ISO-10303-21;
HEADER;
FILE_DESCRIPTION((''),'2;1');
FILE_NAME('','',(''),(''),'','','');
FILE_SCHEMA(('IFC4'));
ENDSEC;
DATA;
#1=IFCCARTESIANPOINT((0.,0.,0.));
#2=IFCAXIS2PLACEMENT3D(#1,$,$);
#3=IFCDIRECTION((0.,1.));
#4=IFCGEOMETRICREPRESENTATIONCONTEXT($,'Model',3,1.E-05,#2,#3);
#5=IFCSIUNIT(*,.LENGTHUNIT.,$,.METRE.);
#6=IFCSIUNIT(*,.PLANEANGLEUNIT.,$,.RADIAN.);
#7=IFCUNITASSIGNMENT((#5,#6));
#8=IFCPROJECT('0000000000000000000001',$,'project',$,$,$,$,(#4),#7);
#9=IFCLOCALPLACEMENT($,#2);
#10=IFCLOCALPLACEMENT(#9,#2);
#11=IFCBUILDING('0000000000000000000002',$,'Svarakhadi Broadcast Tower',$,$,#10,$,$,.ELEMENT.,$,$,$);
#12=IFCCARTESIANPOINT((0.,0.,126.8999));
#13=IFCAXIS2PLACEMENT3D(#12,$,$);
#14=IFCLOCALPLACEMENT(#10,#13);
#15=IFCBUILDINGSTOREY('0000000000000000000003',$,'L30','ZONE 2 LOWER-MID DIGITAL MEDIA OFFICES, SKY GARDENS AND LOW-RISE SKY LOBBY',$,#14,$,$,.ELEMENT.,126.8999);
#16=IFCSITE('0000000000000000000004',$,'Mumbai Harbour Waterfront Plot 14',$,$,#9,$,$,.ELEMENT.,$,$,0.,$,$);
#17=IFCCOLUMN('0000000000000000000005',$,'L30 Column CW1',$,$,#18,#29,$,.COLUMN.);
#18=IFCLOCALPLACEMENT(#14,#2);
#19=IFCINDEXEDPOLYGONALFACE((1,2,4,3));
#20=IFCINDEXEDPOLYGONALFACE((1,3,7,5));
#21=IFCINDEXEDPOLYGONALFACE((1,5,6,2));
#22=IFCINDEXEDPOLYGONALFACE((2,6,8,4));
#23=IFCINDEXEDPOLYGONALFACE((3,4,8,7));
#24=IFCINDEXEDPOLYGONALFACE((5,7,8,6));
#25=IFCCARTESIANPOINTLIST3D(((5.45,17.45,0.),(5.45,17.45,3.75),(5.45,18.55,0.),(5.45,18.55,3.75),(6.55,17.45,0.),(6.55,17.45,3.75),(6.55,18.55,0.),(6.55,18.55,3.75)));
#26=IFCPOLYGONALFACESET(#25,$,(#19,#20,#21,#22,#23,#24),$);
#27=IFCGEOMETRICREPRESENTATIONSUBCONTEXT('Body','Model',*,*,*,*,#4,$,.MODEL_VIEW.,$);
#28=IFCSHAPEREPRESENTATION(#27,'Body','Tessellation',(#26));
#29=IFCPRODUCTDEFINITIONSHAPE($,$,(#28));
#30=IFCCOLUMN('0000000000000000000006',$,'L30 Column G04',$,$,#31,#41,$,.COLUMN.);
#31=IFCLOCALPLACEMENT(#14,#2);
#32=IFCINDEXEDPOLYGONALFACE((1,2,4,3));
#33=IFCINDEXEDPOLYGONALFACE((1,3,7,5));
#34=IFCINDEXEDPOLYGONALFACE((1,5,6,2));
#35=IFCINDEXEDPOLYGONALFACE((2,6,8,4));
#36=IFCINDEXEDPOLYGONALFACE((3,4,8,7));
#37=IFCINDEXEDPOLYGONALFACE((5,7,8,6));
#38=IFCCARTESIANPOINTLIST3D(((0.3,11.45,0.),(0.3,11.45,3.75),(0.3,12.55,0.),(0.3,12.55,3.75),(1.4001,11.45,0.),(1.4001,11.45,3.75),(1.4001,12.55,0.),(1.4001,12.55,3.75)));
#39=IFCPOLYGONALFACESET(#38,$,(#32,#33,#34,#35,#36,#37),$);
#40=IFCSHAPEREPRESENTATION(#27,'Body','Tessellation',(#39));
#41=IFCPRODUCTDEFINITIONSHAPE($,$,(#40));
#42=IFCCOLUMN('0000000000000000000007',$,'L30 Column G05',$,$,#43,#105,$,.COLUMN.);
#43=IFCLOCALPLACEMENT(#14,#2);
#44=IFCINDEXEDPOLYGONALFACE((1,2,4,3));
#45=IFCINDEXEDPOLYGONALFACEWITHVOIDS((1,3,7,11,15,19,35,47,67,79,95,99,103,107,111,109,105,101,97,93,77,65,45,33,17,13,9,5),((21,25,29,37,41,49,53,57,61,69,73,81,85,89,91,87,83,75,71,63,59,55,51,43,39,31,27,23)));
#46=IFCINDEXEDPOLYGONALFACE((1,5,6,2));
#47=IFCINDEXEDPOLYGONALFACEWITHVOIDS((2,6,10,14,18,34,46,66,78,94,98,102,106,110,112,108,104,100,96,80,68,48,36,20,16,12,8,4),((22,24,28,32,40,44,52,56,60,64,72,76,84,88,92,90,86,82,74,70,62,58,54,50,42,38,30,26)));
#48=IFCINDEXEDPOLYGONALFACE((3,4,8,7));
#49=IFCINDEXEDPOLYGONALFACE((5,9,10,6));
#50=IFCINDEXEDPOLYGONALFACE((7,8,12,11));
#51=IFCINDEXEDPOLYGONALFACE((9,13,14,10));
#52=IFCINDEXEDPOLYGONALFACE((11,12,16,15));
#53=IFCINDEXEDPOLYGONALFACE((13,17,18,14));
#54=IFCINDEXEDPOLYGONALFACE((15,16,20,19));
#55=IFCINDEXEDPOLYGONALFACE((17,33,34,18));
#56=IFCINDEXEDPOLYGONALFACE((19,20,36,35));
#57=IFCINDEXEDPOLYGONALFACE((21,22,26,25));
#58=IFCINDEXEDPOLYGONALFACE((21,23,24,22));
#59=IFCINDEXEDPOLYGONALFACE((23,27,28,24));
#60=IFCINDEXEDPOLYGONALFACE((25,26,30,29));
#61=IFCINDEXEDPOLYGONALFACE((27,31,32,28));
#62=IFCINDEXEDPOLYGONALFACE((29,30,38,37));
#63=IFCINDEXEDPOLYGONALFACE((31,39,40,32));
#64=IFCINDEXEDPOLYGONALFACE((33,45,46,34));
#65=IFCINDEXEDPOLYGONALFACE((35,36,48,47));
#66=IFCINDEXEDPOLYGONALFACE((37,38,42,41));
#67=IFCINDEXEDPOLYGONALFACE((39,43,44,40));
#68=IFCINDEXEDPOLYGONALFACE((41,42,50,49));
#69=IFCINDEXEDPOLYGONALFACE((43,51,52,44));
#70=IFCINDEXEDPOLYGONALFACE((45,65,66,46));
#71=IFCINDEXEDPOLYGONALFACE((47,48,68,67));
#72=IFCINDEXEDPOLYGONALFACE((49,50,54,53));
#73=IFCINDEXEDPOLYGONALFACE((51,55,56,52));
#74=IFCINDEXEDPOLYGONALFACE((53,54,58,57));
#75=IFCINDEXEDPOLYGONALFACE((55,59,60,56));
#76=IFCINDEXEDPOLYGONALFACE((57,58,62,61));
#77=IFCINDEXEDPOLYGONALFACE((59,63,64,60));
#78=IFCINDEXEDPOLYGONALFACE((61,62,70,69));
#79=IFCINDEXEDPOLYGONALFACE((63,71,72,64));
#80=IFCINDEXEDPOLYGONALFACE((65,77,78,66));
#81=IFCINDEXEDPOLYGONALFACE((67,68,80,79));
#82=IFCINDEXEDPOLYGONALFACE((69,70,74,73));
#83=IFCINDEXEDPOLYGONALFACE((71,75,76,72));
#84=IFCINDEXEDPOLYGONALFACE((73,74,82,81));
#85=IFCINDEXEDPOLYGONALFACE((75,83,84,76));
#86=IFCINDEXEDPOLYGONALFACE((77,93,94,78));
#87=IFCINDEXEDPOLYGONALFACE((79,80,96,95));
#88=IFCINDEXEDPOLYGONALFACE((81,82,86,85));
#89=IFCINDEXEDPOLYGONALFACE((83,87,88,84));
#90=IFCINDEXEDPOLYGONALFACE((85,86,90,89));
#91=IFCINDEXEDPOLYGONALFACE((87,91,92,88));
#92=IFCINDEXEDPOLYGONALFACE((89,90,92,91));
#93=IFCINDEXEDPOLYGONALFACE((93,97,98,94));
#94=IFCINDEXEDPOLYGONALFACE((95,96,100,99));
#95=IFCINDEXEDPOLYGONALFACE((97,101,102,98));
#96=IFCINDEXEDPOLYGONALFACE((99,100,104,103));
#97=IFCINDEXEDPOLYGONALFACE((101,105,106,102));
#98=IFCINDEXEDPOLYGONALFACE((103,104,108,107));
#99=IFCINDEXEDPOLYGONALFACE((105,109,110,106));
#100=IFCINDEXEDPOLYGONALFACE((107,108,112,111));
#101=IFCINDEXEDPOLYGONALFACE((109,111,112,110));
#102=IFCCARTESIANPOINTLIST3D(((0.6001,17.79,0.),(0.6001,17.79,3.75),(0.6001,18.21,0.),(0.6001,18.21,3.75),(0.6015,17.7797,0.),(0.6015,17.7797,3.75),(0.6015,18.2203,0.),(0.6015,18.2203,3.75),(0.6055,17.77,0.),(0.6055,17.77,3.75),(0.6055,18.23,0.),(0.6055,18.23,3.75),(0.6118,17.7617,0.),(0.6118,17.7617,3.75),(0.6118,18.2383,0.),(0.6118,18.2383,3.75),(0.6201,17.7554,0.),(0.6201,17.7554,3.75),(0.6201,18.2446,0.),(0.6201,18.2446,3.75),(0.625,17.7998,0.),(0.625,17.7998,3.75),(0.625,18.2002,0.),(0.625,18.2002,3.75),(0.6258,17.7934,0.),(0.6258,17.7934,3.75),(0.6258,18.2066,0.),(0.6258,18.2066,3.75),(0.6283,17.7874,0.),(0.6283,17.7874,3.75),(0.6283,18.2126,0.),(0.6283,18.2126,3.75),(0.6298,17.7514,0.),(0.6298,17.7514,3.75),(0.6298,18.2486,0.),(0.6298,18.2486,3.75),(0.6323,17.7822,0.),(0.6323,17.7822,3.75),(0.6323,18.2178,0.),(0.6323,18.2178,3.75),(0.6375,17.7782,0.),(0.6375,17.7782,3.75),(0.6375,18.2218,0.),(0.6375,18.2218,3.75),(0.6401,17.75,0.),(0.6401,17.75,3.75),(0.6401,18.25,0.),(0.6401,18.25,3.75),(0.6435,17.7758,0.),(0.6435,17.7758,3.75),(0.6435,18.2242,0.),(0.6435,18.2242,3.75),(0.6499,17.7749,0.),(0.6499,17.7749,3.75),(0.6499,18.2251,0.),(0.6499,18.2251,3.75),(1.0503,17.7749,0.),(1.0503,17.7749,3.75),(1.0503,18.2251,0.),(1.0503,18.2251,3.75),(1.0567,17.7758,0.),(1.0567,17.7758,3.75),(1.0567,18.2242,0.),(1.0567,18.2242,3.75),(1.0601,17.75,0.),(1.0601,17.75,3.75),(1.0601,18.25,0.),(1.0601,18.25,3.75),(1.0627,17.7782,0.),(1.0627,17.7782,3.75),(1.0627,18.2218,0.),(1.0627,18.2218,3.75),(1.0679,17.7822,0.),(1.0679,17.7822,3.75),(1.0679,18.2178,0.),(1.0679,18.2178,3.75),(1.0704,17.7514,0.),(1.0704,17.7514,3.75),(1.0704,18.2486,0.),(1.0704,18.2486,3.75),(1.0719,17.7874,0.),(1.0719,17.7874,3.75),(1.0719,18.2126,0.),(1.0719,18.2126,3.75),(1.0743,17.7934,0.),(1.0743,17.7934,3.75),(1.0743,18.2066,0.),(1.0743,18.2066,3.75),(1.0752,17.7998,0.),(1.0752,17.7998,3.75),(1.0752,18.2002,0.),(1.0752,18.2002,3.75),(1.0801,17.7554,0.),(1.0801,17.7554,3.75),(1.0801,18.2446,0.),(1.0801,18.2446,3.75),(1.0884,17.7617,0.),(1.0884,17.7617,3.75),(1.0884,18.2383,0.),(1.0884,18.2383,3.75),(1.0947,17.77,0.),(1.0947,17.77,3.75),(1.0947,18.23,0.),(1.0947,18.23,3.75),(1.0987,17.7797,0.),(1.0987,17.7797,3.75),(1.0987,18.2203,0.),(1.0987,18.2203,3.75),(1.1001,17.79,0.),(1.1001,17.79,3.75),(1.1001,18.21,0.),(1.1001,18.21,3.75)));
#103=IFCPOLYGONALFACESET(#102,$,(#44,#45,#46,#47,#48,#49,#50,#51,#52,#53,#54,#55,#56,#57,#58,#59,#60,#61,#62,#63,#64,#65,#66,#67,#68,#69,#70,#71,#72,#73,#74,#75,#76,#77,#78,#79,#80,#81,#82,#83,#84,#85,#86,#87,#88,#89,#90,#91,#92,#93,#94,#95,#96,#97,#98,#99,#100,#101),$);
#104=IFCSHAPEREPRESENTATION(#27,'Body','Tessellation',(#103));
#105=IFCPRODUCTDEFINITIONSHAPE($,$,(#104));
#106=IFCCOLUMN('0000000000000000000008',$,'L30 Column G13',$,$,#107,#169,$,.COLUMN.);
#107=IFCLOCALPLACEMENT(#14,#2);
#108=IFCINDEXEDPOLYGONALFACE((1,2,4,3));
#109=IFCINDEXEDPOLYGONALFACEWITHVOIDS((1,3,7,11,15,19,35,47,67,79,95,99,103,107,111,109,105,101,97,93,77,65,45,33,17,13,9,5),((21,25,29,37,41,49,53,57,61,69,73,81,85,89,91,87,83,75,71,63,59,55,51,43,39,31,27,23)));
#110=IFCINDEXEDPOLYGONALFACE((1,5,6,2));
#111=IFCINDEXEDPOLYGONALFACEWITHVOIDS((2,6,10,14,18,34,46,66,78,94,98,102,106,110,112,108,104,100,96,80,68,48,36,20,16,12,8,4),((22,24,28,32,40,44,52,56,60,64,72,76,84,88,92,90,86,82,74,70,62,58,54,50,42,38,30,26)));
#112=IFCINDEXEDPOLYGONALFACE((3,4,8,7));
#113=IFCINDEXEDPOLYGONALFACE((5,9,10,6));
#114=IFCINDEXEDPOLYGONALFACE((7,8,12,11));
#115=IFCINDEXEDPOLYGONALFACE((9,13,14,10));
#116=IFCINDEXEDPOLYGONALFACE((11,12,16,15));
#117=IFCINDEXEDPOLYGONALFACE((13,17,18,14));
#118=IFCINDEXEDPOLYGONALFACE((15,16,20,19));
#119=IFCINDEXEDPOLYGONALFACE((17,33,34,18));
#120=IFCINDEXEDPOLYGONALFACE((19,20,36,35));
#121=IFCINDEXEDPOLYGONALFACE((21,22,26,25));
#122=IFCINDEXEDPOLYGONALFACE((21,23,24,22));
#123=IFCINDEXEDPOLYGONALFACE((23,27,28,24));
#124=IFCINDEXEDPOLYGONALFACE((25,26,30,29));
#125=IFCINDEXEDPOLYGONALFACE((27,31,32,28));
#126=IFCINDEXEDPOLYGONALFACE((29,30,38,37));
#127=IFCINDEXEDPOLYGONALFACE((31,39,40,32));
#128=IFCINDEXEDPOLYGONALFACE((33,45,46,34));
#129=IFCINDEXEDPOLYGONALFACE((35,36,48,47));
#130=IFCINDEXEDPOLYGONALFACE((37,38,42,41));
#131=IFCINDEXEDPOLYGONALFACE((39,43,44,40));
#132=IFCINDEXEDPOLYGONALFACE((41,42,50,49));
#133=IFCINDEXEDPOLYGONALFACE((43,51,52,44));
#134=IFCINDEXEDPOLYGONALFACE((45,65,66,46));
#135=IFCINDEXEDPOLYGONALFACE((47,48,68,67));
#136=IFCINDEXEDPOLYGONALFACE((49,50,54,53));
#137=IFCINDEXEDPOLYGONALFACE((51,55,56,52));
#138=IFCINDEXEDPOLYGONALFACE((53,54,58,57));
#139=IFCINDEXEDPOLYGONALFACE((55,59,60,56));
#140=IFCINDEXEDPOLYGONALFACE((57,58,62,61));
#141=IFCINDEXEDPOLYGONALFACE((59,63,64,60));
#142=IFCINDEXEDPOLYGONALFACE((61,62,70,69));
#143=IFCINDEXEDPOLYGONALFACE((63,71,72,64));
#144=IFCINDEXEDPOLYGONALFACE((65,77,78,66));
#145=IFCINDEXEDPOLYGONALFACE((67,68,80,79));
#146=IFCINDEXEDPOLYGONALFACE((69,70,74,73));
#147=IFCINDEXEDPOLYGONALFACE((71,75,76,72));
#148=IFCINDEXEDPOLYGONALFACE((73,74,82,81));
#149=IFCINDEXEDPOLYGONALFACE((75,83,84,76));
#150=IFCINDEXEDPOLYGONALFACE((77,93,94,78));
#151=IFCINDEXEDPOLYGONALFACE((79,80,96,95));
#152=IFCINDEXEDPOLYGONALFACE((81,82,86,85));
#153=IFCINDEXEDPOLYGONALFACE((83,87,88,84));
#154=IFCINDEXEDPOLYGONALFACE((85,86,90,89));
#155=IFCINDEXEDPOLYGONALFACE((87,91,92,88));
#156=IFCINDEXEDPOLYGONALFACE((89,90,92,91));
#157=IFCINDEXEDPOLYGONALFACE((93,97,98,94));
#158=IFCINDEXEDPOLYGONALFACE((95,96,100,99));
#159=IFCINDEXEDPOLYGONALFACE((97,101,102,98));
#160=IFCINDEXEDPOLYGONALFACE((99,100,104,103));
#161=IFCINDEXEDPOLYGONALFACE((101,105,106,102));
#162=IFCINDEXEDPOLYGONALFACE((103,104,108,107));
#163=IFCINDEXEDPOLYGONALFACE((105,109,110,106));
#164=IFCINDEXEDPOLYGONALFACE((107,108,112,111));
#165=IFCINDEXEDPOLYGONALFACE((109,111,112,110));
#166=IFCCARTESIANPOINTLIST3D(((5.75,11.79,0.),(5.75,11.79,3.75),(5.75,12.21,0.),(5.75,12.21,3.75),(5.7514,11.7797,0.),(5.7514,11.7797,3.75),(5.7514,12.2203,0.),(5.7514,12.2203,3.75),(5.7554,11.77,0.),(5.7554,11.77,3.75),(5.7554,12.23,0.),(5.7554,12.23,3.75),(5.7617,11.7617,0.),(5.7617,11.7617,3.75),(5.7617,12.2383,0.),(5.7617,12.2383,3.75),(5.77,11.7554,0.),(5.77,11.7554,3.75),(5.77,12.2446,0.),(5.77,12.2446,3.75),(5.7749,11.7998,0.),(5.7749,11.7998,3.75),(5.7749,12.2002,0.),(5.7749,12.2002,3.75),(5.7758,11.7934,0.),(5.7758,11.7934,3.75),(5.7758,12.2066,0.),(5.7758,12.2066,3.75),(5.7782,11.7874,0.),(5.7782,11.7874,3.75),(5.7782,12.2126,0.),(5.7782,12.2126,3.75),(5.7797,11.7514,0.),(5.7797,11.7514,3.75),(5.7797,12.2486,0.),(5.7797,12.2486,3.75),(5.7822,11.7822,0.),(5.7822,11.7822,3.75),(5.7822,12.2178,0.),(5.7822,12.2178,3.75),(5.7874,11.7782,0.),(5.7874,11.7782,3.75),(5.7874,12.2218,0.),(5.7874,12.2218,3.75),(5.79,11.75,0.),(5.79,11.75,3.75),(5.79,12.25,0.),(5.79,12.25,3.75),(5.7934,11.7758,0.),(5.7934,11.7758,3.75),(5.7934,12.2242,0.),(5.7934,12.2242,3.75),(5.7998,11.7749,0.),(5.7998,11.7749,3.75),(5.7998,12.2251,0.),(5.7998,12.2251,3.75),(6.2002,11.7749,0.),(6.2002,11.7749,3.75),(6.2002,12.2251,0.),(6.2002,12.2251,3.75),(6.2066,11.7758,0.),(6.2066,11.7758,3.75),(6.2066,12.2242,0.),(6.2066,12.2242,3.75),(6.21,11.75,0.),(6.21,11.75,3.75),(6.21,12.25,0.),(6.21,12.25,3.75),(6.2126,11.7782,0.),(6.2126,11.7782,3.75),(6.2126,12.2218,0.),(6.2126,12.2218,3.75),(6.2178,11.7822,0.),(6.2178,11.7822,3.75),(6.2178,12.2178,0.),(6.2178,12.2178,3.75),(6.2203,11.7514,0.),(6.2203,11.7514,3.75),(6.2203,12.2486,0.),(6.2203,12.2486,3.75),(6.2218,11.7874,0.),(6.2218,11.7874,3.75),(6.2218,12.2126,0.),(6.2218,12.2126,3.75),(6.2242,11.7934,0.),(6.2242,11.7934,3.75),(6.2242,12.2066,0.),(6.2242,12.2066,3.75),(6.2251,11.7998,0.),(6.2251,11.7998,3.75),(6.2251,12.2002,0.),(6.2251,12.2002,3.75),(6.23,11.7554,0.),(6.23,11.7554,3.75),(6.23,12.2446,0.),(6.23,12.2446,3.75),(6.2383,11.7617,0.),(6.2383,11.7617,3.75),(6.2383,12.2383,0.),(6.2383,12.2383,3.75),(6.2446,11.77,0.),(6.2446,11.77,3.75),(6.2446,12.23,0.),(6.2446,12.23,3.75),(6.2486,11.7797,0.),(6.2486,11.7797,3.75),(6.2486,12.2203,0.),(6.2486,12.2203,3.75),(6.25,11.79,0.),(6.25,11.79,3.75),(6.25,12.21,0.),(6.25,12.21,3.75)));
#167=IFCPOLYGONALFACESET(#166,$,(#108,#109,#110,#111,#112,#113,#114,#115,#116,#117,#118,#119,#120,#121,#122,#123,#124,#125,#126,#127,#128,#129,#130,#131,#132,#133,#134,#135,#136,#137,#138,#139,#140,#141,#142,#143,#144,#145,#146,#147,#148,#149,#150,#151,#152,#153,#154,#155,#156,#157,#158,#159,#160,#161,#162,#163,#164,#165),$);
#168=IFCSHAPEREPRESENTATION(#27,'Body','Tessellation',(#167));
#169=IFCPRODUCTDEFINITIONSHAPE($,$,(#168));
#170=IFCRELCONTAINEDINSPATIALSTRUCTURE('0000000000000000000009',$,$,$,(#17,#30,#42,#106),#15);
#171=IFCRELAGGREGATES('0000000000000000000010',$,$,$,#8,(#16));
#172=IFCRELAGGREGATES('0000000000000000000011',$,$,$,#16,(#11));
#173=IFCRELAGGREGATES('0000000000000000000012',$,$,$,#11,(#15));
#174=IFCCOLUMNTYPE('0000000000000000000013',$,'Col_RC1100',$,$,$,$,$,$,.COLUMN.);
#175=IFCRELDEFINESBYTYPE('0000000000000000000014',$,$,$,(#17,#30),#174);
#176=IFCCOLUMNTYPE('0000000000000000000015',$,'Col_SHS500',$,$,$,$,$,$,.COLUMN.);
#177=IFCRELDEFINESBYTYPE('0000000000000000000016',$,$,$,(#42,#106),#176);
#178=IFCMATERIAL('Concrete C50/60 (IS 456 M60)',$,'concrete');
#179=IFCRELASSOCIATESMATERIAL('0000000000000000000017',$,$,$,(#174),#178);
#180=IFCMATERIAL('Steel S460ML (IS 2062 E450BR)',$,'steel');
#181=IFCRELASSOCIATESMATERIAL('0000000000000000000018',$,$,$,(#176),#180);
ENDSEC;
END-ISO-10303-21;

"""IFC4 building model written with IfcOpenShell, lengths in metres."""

from ifc_helpers import new_model, si_unit, direction, frame, origin, origin_2d, place, context, subcontext, project, spatial, rectangle, hollow_rectangle, extrude, material, material_profile, profile_set, type_object, element, save


model = new_model("IFC4")

# Units and contexts
model_context = context("Model", 3, precision=1e-05, world=origin(), true_north=direction((0.0, 1.0)))
body_context = subcontext(model_context, "Body", "Model", "MODEL_VIEW")
ifc_project = project(units=[si_unit("LENGTHUNIT", "METRE"), si_unit("PLANEANGLEUNIT", "RADIAN")], contexts=[model_context])

# Site, building, storey
site_placement = place(None, origin())
site = spatial("IfcSite", under=ifc_project, at=site_placement, Name="Mumbai Harbour Waterfront Plot 14", CompositionType="ELEMENT", RefElevation=0.0)
building_placement = place(site_placement, origin())
building = spatial("IfcBuilding", under=site, at=building_placement, Name="Svarakhadi Broadcast Tower", CompositionType="ELEMENT")
storey_placement = place(building_placement, frame((0.0, 0.0, 126.8999)))
storey = spatial("IfcBuildingStorey", under=building, at=storey_placement, Name="L30", Description="ZONE 2 LOWER-MID DIGITAL MEDIA OFFICES, SKY GARDENS AND LOW-RISE SKY LOBBY", CompositionType="ELEMENT", Elevation=126.8999)

# Columns
ifc_material_1 = material(Name="Concrete C50/60 (IS 456 M60)", Category="concrete")
ifc_material_profile_1 = material_profile(ifc_material_1, rectangle(XDim=1.1001, YDim=1.1001, at=origin_2d()), Name="RC 1100x1100")
ifc_profile_set_1 = profile_set([ifc_material_profile_1], Name="Concrete C50/60 (IS 456 M60)")
column_type_1 = type_object("IfcColumnType", Name="Col_RC1100", PredefinedType="COLUMN", material=ifc_profile_set_1)
for number, where, z_axis, x_axis, name in (
    (1, (6.0, 18.0, 0.0), (0.0, 0.0, 1.0), (1.0, 0.0, 0.0), "L30 Column CW1"),
    (2, (0.8501, 12.0, 0.0), (0.0, 0.0, 1.0), (1.0, 0.0, 0.0), "L30 Column G04"),
):
    element("IfcColumn", number, at=place(storey_placement, frame(where, z_axis=z_axis, x_axis=x_axis)), inside=storey, type_object=column_type_1, Name=name, PredefinedType="COLUMN", context=body_context, shape_type="SweptSolid", body=[
        extrude(rectangle(XDim=1.1001, YDim=1.1001, at=origin_2d()), origin(), (0.0, 0.0, 1.0), 3.75),
    ])
ifc_material_2 = material(Name="Steel S460ML (IS 2062 E450BR)", Category="steel")
ifc_material_profile_2 = material_profile(ifc_material_2, hollow_rectangle(XDim=0.5, YDim=0.5, WallThickness=0.0249, InnerFilletRadius=0.0249, OuterFilletRadius=0.04, at=origin_2d()), Name="SHS 500x500x25")
ifc_profile_set_2 = profile_set([ifc_material_profile_2], Name="Steel S460ML (IS 2062 E450BR)")
column_type_2 = type_object("IfcColumnType", Name="Col_SHS500", PredefinedType="COLUMN", material=ifc_profile_set_2)
for number, where, z_axis, x_axis, name in (
    (3, (0.8501, 18.0, 0.0), (0.0, 0.0, 1.0), (1.0, 0.0, 0.0), "L30 Column G05"),
    (4, (6.0, 12.0, 0.0), (0.0, 0.0, 1.0), (1.0, 0.0, 0.0), "L30 Column G13"),
):
    element("IfcColumn", number, at=place(storey_placement, frame(where, z_axis=z_axis, x_axis=x_axis)), inside=storey, type_object=column_type_2, Name=name, PredefinedType="COLUMN", context=body_context, shape_type="SweptSolid", body=[
        extrude(hollow_rectangle(XDim=0.5, YDim=0.5, WallThickness=0.0249, InnerFilletRadius=0.0249, OuterFilletRadius=0.04, at=origin_2d()), origin(), (0.0, 0.0, 1.0), 3.75),
    ])

save(model, "model.ifc")
